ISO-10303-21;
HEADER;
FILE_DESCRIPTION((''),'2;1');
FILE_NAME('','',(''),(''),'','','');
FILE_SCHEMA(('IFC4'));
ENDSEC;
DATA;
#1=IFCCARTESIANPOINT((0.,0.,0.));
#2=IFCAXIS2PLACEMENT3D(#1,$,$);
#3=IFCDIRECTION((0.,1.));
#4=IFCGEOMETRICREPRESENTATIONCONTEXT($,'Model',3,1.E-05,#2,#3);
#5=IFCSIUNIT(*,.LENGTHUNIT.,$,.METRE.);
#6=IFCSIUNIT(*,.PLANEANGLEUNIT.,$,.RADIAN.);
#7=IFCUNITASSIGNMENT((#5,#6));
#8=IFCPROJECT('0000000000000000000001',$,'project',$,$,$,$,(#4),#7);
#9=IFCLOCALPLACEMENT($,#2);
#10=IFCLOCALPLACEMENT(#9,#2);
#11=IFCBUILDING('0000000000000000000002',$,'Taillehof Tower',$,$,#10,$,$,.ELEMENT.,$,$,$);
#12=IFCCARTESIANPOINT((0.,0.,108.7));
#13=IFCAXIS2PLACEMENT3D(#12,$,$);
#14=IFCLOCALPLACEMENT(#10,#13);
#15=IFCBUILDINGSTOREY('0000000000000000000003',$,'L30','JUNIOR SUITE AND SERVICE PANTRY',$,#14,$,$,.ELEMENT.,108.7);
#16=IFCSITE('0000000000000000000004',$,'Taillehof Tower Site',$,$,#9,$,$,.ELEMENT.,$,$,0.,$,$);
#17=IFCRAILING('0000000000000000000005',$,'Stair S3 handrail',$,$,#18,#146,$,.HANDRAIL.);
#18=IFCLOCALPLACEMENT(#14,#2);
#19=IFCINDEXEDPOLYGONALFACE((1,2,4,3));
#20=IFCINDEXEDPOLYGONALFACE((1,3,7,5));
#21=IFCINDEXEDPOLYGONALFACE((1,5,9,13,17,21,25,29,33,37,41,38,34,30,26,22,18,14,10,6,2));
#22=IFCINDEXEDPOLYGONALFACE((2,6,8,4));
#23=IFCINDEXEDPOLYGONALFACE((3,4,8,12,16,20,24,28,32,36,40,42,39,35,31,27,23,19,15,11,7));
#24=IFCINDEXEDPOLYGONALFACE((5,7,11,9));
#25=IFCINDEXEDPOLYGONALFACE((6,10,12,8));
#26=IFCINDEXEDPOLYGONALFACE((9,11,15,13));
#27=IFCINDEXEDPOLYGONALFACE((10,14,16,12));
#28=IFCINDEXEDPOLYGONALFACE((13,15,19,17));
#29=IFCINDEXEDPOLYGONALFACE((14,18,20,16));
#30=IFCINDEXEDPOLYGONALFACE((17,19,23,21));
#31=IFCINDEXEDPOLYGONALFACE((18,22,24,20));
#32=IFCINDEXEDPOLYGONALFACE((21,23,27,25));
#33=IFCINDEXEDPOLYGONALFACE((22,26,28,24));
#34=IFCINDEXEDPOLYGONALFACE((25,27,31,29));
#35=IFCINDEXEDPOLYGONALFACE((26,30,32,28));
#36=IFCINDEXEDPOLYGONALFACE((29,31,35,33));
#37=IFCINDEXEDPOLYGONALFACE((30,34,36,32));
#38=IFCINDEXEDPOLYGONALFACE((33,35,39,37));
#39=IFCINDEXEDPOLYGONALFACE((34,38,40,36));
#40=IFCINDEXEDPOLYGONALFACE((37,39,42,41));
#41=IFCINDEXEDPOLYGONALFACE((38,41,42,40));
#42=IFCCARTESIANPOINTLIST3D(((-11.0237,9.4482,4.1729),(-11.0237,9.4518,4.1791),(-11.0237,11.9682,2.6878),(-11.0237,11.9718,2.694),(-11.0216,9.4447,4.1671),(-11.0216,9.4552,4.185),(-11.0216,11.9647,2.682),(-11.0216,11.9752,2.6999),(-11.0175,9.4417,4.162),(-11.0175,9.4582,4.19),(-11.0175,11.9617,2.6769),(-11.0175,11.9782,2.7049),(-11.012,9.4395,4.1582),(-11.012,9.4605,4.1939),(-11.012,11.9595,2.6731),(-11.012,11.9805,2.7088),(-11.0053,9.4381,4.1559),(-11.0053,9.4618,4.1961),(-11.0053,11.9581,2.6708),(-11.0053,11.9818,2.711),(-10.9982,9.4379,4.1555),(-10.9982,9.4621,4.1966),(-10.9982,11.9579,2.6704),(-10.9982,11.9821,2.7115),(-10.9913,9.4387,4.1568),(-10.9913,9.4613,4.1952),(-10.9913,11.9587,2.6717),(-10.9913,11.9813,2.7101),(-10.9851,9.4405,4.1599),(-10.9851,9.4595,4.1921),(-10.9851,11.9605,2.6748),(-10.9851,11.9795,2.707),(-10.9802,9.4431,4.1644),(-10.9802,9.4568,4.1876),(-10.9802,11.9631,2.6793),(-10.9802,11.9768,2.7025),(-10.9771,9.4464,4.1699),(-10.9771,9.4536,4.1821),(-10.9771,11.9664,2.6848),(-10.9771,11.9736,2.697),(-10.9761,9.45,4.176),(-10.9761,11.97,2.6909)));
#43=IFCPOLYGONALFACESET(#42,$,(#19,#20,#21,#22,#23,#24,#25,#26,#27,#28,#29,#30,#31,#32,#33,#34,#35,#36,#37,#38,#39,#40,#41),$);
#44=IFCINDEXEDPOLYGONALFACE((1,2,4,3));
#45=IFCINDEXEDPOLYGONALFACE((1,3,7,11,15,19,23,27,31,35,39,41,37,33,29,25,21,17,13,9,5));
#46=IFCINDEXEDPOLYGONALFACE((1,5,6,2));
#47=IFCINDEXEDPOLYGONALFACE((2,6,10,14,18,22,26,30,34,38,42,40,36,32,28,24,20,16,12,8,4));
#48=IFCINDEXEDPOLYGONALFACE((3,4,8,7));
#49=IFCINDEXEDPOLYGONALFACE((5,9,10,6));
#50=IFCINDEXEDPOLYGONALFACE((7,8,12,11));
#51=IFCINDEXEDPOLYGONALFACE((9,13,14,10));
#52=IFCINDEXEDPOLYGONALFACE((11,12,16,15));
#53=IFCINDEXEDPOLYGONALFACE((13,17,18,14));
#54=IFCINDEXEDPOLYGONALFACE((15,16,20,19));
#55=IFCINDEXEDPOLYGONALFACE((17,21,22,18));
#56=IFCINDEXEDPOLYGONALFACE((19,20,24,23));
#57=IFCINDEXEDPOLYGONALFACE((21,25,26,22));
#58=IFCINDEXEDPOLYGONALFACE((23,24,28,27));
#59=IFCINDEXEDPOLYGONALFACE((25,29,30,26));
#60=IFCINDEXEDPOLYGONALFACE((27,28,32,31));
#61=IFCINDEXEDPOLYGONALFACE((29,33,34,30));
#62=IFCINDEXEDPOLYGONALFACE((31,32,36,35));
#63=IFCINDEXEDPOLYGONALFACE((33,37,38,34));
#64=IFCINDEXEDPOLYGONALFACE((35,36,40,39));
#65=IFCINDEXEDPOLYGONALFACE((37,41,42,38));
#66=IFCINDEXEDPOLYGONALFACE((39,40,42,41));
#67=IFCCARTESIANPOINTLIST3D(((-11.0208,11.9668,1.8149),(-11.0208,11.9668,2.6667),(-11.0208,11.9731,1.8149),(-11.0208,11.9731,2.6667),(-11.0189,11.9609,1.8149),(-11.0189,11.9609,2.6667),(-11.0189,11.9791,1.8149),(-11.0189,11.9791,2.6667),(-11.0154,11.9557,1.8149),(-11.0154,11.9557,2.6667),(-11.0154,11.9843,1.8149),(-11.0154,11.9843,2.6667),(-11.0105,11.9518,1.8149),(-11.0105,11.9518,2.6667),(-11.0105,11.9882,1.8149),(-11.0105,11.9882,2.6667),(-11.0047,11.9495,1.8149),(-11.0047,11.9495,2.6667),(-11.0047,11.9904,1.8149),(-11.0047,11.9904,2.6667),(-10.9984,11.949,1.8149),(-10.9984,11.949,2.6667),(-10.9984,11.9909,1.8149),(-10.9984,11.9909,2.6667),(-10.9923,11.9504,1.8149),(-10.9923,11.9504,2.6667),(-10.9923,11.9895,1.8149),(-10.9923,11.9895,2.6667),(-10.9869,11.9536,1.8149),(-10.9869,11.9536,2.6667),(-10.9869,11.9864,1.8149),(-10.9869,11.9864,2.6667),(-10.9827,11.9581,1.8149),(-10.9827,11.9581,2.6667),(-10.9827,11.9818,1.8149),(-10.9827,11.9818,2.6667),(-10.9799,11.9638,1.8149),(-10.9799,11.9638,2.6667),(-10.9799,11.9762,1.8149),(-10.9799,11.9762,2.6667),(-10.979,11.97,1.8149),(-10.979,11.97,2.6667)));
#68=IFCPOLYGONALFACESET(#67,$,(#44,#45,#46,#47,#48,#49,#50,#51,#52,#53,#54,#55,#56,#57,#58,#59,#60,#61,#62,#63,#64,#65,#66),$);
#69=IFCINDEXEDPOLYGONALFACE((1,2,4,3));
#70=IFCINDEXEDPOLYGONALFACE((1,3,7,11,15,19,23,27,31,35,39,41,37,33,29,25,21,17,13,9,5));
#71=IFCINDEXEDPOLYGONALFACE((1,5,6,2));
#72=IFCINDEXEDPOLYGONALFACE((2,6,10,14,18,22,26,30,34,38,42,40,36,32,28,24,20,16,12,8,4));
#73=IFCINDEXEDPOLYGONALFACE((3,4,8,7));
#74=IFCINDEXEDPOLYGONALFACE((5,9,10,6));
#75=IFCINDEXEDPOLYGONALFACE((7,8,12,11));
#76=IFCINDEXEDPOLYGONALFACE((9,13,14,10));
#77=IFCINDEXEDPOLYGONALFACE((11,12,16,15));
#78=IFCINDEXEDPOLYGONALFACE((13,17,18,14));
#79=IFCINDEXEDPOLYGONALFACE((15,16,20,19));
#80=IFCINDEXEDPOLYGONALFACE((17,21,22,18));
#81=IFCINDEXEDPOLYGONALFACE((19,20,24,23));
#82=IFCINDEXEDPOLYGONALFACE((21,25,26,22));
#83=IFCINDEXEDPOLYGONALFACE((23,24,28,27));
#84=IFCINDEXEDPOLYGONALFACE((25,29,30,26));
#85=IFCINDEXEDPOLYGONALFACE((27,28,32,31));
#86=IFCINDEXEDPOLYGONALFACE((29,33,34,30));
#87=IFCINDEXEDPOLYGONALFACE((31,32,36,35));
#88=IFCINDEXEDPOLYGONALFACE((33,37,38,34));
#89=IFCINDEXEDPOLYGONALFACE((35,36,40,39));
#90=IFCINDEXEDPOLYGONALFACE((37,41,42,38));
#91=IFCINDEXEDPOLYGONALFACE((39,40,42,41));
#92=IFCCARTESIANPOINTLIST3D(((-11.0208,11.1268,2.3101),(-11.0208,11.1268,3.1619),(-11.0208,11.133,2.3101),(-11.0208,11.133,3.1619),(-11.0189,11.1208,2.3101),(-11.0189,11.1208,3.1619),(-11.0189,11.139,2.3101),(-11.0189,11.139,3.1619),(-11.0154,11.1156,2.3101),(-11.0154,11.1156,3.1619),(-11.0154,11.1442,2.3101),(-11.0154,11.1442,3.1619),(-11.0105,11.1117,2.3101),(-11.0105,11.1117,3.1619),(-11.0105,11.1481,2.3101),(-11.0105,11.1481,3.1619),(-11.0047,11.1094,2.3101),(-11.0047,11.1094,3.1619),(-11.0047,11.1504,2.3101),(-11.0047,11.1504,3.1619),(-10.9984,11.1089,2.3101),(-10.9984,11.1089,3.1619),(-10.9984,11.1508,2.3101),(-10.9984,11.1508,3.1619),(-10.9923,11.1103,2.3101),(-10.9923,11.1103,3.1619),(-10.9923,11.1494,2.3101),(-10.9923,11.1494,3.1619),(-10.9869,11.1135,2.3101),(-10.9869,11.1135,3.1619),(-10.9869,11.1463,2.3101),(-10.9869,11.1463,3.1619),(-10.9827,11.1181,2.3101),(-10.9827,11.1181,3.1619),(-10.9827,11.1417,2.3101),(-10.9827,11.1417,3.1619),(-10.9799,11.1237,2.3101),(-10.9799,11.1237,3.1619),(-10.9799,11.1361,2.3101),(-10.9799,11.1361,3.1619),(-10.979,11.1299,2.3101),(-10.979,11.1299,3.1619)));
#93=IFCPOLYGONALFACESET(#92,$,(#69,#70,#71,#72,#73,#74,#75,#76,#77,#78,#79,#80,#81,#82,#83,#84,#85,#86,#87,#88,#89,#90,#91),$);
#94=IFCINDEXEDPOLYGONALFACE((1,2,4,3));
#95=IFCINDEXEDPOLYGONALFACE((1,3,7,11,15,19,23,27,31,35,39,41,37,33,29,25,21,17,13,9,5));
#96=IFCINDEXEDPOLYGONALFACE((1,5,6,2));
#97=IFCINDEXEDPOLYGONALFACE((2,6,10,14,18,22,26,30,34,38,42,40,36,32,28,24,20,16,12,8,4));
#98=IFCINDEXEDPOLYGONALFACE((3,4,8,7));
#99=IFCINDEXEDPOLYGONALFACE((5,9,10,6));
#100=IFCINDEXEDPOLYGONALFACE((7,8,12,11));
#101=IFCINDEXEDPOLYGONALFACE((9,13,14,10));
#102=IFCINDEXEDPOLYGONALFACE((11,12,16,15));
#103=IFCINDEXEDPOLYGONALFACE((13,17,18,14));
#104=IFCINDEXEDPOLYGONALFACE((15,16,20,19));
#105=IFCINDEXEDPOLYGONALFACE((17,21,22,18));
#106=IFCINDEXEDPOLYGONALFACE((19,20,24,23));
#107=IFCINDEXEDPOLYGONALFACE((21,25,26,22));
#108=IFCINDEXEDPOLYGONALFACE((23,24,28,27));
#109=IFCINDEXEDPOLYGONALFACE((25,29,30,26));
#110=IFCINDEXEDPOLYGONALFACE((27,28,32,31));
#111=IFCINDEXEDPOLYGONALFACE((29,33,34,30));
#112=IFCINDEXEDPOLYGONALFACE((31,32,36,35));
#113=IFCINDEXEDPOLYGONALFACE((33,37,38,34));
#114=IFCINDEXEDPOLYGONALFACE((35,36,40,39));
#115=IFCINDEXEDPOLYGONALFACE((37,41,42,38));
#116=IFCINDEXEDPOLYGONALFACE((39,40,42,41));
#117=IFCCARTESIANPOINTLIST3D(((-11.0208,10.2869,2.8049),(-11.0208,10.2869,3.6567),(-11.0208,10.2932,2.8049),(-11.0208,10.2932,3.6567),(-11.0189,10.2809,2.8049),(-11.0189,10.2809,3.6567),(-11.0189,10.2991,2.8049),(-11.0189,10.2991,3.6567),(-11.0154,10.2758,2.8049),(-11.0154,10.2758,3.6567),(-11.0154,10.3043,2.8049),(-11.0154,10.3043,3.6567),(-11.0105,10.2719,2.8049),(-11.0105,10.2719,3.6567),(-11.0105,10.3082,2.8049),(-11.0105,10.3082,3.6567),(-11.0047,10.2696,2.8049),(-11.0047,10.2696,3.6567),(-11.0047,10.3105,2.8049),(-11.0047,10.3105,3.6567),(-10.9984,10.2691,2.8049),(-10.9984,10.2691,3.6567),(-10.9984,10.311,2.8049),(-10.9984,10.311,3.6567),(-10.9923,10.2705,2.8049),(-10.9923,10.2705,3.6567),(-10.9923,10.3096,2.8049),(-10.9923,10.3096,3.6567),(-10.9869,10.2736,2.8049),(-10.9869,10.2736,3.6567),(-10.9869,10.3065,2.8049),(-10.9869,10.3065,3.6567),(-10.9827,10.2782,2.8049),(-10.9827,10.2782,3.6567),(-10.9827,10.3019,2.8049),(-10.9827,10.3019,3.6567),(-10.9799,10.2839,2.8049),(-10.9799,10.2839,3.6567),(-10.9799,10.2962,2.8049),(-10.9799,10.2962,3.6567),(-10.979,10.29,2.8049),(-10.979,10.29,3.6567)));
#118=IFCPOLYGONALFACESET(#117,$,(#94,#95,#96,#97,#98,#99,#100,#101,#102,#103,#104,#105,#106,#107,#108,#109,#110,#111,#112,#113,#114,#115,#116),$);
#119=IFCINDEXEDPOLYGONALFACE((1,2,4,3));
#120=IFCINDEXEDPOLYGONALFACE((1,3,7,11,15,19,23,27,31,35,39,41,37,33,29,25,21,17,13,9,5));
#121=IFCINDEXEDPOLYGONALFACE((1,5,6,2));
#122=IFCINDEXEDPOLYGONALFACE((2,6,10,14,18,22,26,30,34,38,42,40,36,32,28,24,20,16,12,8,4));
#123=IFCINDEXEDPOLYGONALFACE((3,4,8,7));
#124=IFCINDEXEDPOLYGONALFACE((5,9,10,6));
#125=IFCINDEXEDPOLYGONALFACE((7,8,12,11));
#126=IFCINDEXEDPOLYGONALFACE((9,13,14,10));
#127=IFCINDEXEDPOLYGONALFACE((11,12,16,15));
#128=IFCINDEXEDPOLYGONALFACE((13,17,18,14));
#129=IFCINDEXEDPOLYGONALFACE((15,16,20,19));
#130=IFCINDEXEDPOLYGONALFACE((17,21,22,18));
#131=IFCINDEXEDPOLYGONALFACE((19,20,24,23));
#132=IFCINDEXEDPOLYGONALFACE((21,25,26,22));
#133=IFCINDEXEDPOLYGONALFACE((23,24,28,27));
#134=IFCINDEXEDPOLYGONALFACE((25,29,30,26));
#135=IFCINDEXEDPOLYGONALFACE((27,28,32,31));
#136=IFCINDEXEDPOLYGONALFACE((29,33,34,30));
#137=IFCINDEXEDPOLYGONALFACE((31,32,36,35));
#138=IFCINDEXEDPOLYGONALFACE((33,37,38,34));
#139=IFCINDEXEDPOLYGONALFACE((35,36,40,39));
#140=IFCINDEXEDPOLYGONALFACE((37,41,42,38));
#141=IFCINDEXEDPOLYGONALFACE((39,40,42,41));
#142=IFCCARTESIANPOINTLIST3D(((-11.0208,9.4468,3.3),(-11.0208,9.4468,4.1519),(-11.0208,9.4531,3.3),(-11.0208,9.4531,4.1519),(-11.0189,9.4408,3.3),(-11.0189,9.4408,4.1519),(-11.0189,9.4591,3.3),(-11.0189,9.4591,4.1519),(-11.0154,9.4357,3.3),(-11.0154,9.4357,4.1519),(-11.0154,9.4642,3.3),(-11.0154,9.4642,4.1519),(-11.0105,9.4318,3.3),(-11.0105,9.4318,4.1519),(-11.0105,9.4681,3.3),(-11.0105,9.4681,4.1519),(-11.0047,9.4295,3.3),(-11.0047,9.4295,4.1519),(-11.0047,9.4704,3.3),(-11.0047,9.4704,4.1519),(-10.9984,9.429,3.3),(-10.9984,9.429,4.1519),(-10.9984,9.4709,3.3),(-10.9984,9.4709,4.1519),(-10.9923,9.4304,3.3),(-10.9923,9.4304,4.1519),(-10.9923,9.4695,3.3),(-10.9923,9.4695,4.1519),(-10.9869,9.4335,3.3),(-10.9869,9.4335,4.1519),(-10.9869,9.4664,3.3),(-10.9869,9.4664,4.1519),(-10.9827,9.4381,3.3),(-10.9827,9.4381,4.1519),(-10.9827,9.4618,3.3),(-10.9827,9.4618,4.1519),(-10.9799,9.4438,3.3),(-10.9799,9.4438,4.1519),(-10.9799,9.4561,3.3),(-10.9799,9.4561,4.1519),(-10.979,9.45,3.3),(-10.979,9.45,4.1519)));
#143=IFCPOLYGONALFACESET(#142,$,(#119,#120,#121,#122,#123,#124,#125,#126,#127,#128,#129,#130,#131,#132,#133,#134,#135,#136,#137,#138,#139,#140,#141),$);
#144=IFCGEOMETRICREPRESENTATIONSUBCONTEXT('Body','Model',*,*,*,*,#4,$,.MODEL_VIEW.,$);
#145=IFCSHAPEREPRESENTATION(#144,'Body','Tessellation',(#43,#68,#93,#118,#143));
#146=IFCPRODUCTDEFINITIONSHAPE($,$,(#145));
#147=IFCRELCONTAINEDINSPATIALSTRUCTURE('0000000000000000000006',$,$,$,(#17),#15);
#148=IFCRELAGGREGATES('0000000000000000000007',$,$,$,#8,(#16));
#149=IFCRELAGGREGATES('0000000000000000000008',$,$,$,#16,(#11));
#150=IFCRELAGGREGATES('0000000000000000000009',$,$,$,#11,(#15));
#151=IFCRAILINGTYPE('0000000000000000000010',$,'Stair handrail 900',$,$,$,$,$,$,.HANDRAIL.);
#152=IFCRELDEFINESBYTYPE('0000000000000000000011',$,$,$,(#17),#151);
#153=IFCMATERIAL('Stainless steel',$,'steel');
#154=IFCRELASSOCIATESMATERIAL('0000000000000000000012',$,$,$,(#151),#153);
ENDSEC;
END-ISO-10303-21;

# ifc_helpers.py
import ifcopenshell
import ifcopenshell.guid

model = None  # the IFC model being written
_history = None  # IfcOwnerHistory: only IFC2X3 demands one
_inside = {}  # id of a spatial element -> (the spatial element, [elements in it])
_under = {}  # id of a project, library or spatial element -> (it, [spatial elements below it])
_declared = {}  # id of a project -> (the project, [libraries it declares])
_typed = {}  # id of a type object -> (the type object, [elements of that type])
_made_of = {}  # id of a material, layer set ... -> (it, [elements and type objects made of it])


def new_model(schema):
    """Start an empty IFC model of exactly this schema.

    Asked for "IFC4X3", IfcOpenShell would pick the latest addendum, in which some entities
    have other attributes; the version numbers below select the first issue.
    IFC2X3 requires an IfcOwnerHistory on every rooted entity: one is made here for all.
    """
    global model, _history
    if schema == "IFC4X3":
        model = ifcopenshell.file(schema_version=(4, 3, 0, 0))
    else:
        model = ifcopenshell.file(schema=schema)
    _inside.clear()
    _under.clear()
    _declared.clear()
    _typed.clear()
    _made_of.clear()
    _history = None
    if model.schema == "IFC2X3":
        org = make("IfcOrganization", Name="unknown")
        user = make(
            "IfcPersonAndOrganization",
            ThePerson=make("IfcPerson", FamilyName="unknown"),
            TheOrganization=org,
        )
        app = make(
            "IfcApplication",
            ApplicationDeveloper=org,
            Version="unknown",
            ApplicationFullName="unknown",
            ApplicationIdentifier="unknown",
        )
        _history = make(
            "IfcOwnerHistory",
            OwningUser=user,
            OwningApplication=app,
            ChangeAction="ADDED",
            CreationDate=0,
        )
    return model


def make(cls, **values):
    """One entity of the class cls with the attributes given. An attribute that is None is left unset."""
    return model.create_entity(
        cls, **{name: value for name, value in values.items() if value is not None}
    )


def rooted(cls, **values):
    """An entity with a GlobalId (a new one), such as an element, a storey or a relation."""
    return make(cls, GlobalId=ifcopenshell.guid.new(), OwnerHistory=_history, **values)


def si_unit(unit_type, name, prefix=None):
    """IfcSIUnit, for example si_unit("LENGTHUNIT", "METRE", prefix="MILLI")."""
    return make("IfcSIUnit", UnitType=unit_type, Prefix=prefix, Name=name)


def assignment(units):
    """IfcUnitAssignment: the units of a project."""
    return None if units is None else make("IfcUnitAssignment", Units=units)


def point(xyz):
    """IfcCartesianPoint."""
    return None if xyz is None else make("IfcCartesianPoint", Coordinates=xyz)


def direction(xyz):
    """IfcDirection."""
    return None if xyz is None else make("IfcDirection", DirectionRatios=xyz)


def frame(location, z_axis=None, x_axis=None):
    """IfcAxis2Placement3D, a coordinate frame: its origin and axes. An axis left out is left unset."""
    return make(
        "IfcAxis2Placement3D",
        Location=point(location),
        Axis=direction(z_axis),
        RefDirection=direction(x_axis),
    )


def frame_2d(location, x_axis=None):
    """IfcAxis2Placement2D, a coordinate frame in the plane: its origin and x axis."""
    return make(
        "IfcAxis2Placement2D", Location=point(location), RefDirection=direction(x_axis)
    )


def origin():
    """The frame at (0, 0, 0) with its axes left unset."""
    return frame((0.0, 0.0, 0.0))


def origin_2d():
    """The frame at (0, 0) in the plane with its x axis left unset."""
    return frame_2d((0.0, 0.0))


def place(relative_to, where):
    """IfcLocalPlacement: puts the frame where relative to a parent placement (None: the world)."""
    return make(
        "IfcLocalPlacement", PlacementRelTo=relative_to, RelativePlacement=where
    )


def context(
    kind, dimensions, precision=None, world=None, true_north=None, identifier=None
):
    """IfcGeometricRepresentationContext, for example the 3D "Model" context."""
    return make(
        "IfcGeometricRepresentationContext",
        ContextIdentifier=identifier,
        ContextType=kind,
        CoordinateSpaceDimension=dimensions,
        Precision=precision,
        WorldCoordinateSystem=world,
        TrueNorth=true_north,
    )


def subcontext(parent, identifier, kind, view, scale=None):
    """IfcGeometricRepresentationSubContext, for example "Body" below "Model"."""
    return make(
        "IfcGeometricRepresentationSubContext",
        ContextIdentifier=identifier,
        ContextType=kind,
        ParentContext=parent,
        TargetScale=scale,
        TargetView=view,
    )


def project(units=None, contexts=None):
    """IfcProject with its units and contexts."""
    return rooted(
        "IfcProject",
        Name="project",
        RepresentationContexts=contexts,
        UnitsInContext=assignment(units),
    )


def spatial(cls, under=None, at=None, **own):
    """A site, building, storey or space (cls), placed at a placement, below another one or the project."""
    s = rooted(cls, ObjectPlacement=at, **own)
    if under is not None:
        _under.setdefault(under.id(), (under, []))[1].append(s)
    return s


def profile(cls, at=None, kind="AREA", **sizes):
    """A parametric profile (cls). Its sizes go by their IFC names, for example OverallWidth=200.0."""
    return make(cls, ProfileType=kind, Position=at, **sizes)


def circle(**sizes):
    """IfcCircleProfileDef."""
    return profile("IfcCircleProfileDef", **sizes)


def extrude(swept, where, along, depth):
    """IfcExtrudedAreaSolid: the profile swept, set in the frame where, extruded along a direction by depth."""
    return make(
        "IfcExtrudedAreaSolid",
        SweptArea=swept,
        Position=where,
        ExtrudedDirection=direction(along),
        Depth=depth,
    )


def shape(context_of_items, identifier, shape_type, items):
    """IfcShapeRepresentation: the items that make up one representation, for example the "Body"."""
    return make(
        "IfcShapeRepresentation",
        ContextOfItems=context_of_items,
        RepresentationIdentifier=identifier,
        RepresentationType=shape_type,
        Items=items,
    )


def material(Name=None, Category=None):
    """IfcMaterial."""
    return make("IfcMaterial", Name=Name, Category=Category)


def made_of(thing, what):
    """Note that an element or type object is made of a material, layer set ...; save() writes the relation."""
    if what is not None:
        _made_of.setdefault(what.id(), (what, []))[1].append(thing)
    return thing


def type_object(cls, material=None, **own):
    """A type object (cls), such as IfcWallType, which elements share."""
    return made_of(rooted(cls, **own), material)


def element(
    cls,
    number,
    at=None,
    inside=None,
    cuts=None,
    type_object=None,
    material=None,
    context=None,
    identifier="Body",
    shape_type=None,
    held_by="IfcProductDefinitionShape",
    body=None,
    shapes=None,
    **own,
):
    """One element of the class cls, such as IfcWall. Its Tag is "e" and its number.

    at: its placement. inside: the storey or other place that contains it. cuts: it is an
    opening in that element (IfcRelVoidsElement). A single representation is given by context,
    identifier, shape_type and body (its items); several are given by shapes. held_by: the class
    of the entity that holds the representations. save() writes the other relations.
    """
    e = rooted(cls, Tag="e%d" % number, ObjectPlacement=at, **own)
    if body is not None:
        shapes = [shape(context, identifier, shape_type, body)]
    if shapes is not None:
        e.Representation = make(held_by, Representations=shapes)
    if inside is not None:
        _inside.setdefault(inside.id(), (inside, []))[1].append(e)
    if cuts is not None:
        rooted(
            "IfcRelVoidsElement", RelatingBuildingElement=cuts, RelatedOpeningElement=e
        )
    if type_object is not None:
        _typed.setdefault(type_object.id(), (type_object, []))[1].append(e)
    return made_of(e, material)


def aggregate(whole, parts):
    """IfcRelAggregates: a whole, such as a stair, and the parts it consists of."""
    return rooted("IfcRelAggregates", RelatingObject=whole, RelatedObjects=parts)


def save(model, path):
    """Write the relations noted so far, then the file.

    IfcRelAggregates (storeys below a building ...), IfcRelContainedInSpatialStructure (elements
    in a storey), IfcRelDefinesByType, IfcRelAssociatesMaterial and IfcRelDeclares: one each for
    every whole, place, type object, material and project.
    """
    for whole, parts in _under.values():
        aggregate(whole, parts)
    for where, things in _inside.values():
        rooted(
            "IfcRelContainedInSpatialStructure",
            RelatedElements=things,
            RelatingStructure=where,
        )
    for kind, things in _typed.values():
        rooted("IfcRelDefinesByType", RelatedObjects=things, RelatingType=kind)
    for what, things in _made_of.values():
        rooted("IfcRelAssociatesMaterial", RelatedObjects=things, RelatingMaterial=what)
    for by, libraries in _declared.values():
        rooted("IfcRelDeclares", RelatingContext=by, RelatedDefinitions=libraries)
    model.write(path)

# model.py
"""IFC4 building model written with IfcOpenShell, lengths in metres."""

from ifc_helpers import new_model, si_unit, direction, frame, origin, origin_2d, place, context, subcontext, project, spatial, circle, extrude, material, type_object, element, save


model = new_model("IFC4")

# Units and contexts
model_context = context("Model", 3, precision=1e-05, world=origin(), true_north=direction((0.0, 1.0)))
body_context = subcontext(model_context, "Body", "Model", "MODEL_VIEW")
ifc_project = project(units=[si_unit("LENGTHUNIT", "METRE"), si_unit("PLANEANGLEUNIT", "RADIAN")], contexts=[model_context])

# Site, building, storey
site_placement = place(None, origin())
site = spatial("IfcSite", under=ifc_project, at=site_placement, Name="Taillehof Tower Site", CompositionType="ELEMENT", RefElevation=0.0)
building_placement = place(site_placement, origin())
building = spatial("IfcBuilding", under=site, at=building_placement, Name="Taillehof Tower", CompositionType="ELEMENT")
storey_placement = place(building_placement, frame((0.0, 0.0, 108.7)))
storey = spatial("IfcBuildingStorey", under=building, at=storey_placement, Name="L30", Description="JUNIOR SUITE AND SERVICE PANTRY", CompositionType="ELEMENT", Elevation=108.7)

# Railing
ifc_material_1 = material(Name="Stainless steel", Category="steel")
railing_type = type_object("IfcRailingType", Name="Stair handrail 900", PredefinedType="HANDRAIL", material=ifc_material_1)
railing_placement = place(storey_placement, frame((-11.0, 11.97, 1.8149)))
element("IfcRailing", 1, at=railing_placement, inside=storey, type_object=railing_type, Name="Stair S3 handrail", PredefinedType="HANDRAIL", context=body_context, shape_type="SweptSolid", body=[
    extrude(circle(Radius=0.0239, at=origin_2d()), frame((0.0, 0.0, 0.876), z_axis=(0.0, -0.861524, 0.507717), x_axis=(1.0, 0.0, 0.0)), (0.0, 0.0, 1.0), 2.925),
    extrude(circle(Radius=0.021, at=origin_2d()), origin(), (0.0, 0.0, 1.0), 0.8518),
    extrude(circle(Radius=0.021, at=origin_2d()), frame((0.0, -0.8401, 0.4951)), (0.0, 0.0, 1.0), 0.8518),
    extrude(circle(Radius=0.021, at=origin_2d()), frame((0.0, -1.6799, 0.99)), (0.0, 0.0, 1.0), 0.8518),
    extrude(circle(Radius=0.021, at=origin_2d()), frame((0.0, -2.52, 1.4851)), (0.0, 0.0, 1.0), 0.8518),
])

save(model, "model.ifc")
